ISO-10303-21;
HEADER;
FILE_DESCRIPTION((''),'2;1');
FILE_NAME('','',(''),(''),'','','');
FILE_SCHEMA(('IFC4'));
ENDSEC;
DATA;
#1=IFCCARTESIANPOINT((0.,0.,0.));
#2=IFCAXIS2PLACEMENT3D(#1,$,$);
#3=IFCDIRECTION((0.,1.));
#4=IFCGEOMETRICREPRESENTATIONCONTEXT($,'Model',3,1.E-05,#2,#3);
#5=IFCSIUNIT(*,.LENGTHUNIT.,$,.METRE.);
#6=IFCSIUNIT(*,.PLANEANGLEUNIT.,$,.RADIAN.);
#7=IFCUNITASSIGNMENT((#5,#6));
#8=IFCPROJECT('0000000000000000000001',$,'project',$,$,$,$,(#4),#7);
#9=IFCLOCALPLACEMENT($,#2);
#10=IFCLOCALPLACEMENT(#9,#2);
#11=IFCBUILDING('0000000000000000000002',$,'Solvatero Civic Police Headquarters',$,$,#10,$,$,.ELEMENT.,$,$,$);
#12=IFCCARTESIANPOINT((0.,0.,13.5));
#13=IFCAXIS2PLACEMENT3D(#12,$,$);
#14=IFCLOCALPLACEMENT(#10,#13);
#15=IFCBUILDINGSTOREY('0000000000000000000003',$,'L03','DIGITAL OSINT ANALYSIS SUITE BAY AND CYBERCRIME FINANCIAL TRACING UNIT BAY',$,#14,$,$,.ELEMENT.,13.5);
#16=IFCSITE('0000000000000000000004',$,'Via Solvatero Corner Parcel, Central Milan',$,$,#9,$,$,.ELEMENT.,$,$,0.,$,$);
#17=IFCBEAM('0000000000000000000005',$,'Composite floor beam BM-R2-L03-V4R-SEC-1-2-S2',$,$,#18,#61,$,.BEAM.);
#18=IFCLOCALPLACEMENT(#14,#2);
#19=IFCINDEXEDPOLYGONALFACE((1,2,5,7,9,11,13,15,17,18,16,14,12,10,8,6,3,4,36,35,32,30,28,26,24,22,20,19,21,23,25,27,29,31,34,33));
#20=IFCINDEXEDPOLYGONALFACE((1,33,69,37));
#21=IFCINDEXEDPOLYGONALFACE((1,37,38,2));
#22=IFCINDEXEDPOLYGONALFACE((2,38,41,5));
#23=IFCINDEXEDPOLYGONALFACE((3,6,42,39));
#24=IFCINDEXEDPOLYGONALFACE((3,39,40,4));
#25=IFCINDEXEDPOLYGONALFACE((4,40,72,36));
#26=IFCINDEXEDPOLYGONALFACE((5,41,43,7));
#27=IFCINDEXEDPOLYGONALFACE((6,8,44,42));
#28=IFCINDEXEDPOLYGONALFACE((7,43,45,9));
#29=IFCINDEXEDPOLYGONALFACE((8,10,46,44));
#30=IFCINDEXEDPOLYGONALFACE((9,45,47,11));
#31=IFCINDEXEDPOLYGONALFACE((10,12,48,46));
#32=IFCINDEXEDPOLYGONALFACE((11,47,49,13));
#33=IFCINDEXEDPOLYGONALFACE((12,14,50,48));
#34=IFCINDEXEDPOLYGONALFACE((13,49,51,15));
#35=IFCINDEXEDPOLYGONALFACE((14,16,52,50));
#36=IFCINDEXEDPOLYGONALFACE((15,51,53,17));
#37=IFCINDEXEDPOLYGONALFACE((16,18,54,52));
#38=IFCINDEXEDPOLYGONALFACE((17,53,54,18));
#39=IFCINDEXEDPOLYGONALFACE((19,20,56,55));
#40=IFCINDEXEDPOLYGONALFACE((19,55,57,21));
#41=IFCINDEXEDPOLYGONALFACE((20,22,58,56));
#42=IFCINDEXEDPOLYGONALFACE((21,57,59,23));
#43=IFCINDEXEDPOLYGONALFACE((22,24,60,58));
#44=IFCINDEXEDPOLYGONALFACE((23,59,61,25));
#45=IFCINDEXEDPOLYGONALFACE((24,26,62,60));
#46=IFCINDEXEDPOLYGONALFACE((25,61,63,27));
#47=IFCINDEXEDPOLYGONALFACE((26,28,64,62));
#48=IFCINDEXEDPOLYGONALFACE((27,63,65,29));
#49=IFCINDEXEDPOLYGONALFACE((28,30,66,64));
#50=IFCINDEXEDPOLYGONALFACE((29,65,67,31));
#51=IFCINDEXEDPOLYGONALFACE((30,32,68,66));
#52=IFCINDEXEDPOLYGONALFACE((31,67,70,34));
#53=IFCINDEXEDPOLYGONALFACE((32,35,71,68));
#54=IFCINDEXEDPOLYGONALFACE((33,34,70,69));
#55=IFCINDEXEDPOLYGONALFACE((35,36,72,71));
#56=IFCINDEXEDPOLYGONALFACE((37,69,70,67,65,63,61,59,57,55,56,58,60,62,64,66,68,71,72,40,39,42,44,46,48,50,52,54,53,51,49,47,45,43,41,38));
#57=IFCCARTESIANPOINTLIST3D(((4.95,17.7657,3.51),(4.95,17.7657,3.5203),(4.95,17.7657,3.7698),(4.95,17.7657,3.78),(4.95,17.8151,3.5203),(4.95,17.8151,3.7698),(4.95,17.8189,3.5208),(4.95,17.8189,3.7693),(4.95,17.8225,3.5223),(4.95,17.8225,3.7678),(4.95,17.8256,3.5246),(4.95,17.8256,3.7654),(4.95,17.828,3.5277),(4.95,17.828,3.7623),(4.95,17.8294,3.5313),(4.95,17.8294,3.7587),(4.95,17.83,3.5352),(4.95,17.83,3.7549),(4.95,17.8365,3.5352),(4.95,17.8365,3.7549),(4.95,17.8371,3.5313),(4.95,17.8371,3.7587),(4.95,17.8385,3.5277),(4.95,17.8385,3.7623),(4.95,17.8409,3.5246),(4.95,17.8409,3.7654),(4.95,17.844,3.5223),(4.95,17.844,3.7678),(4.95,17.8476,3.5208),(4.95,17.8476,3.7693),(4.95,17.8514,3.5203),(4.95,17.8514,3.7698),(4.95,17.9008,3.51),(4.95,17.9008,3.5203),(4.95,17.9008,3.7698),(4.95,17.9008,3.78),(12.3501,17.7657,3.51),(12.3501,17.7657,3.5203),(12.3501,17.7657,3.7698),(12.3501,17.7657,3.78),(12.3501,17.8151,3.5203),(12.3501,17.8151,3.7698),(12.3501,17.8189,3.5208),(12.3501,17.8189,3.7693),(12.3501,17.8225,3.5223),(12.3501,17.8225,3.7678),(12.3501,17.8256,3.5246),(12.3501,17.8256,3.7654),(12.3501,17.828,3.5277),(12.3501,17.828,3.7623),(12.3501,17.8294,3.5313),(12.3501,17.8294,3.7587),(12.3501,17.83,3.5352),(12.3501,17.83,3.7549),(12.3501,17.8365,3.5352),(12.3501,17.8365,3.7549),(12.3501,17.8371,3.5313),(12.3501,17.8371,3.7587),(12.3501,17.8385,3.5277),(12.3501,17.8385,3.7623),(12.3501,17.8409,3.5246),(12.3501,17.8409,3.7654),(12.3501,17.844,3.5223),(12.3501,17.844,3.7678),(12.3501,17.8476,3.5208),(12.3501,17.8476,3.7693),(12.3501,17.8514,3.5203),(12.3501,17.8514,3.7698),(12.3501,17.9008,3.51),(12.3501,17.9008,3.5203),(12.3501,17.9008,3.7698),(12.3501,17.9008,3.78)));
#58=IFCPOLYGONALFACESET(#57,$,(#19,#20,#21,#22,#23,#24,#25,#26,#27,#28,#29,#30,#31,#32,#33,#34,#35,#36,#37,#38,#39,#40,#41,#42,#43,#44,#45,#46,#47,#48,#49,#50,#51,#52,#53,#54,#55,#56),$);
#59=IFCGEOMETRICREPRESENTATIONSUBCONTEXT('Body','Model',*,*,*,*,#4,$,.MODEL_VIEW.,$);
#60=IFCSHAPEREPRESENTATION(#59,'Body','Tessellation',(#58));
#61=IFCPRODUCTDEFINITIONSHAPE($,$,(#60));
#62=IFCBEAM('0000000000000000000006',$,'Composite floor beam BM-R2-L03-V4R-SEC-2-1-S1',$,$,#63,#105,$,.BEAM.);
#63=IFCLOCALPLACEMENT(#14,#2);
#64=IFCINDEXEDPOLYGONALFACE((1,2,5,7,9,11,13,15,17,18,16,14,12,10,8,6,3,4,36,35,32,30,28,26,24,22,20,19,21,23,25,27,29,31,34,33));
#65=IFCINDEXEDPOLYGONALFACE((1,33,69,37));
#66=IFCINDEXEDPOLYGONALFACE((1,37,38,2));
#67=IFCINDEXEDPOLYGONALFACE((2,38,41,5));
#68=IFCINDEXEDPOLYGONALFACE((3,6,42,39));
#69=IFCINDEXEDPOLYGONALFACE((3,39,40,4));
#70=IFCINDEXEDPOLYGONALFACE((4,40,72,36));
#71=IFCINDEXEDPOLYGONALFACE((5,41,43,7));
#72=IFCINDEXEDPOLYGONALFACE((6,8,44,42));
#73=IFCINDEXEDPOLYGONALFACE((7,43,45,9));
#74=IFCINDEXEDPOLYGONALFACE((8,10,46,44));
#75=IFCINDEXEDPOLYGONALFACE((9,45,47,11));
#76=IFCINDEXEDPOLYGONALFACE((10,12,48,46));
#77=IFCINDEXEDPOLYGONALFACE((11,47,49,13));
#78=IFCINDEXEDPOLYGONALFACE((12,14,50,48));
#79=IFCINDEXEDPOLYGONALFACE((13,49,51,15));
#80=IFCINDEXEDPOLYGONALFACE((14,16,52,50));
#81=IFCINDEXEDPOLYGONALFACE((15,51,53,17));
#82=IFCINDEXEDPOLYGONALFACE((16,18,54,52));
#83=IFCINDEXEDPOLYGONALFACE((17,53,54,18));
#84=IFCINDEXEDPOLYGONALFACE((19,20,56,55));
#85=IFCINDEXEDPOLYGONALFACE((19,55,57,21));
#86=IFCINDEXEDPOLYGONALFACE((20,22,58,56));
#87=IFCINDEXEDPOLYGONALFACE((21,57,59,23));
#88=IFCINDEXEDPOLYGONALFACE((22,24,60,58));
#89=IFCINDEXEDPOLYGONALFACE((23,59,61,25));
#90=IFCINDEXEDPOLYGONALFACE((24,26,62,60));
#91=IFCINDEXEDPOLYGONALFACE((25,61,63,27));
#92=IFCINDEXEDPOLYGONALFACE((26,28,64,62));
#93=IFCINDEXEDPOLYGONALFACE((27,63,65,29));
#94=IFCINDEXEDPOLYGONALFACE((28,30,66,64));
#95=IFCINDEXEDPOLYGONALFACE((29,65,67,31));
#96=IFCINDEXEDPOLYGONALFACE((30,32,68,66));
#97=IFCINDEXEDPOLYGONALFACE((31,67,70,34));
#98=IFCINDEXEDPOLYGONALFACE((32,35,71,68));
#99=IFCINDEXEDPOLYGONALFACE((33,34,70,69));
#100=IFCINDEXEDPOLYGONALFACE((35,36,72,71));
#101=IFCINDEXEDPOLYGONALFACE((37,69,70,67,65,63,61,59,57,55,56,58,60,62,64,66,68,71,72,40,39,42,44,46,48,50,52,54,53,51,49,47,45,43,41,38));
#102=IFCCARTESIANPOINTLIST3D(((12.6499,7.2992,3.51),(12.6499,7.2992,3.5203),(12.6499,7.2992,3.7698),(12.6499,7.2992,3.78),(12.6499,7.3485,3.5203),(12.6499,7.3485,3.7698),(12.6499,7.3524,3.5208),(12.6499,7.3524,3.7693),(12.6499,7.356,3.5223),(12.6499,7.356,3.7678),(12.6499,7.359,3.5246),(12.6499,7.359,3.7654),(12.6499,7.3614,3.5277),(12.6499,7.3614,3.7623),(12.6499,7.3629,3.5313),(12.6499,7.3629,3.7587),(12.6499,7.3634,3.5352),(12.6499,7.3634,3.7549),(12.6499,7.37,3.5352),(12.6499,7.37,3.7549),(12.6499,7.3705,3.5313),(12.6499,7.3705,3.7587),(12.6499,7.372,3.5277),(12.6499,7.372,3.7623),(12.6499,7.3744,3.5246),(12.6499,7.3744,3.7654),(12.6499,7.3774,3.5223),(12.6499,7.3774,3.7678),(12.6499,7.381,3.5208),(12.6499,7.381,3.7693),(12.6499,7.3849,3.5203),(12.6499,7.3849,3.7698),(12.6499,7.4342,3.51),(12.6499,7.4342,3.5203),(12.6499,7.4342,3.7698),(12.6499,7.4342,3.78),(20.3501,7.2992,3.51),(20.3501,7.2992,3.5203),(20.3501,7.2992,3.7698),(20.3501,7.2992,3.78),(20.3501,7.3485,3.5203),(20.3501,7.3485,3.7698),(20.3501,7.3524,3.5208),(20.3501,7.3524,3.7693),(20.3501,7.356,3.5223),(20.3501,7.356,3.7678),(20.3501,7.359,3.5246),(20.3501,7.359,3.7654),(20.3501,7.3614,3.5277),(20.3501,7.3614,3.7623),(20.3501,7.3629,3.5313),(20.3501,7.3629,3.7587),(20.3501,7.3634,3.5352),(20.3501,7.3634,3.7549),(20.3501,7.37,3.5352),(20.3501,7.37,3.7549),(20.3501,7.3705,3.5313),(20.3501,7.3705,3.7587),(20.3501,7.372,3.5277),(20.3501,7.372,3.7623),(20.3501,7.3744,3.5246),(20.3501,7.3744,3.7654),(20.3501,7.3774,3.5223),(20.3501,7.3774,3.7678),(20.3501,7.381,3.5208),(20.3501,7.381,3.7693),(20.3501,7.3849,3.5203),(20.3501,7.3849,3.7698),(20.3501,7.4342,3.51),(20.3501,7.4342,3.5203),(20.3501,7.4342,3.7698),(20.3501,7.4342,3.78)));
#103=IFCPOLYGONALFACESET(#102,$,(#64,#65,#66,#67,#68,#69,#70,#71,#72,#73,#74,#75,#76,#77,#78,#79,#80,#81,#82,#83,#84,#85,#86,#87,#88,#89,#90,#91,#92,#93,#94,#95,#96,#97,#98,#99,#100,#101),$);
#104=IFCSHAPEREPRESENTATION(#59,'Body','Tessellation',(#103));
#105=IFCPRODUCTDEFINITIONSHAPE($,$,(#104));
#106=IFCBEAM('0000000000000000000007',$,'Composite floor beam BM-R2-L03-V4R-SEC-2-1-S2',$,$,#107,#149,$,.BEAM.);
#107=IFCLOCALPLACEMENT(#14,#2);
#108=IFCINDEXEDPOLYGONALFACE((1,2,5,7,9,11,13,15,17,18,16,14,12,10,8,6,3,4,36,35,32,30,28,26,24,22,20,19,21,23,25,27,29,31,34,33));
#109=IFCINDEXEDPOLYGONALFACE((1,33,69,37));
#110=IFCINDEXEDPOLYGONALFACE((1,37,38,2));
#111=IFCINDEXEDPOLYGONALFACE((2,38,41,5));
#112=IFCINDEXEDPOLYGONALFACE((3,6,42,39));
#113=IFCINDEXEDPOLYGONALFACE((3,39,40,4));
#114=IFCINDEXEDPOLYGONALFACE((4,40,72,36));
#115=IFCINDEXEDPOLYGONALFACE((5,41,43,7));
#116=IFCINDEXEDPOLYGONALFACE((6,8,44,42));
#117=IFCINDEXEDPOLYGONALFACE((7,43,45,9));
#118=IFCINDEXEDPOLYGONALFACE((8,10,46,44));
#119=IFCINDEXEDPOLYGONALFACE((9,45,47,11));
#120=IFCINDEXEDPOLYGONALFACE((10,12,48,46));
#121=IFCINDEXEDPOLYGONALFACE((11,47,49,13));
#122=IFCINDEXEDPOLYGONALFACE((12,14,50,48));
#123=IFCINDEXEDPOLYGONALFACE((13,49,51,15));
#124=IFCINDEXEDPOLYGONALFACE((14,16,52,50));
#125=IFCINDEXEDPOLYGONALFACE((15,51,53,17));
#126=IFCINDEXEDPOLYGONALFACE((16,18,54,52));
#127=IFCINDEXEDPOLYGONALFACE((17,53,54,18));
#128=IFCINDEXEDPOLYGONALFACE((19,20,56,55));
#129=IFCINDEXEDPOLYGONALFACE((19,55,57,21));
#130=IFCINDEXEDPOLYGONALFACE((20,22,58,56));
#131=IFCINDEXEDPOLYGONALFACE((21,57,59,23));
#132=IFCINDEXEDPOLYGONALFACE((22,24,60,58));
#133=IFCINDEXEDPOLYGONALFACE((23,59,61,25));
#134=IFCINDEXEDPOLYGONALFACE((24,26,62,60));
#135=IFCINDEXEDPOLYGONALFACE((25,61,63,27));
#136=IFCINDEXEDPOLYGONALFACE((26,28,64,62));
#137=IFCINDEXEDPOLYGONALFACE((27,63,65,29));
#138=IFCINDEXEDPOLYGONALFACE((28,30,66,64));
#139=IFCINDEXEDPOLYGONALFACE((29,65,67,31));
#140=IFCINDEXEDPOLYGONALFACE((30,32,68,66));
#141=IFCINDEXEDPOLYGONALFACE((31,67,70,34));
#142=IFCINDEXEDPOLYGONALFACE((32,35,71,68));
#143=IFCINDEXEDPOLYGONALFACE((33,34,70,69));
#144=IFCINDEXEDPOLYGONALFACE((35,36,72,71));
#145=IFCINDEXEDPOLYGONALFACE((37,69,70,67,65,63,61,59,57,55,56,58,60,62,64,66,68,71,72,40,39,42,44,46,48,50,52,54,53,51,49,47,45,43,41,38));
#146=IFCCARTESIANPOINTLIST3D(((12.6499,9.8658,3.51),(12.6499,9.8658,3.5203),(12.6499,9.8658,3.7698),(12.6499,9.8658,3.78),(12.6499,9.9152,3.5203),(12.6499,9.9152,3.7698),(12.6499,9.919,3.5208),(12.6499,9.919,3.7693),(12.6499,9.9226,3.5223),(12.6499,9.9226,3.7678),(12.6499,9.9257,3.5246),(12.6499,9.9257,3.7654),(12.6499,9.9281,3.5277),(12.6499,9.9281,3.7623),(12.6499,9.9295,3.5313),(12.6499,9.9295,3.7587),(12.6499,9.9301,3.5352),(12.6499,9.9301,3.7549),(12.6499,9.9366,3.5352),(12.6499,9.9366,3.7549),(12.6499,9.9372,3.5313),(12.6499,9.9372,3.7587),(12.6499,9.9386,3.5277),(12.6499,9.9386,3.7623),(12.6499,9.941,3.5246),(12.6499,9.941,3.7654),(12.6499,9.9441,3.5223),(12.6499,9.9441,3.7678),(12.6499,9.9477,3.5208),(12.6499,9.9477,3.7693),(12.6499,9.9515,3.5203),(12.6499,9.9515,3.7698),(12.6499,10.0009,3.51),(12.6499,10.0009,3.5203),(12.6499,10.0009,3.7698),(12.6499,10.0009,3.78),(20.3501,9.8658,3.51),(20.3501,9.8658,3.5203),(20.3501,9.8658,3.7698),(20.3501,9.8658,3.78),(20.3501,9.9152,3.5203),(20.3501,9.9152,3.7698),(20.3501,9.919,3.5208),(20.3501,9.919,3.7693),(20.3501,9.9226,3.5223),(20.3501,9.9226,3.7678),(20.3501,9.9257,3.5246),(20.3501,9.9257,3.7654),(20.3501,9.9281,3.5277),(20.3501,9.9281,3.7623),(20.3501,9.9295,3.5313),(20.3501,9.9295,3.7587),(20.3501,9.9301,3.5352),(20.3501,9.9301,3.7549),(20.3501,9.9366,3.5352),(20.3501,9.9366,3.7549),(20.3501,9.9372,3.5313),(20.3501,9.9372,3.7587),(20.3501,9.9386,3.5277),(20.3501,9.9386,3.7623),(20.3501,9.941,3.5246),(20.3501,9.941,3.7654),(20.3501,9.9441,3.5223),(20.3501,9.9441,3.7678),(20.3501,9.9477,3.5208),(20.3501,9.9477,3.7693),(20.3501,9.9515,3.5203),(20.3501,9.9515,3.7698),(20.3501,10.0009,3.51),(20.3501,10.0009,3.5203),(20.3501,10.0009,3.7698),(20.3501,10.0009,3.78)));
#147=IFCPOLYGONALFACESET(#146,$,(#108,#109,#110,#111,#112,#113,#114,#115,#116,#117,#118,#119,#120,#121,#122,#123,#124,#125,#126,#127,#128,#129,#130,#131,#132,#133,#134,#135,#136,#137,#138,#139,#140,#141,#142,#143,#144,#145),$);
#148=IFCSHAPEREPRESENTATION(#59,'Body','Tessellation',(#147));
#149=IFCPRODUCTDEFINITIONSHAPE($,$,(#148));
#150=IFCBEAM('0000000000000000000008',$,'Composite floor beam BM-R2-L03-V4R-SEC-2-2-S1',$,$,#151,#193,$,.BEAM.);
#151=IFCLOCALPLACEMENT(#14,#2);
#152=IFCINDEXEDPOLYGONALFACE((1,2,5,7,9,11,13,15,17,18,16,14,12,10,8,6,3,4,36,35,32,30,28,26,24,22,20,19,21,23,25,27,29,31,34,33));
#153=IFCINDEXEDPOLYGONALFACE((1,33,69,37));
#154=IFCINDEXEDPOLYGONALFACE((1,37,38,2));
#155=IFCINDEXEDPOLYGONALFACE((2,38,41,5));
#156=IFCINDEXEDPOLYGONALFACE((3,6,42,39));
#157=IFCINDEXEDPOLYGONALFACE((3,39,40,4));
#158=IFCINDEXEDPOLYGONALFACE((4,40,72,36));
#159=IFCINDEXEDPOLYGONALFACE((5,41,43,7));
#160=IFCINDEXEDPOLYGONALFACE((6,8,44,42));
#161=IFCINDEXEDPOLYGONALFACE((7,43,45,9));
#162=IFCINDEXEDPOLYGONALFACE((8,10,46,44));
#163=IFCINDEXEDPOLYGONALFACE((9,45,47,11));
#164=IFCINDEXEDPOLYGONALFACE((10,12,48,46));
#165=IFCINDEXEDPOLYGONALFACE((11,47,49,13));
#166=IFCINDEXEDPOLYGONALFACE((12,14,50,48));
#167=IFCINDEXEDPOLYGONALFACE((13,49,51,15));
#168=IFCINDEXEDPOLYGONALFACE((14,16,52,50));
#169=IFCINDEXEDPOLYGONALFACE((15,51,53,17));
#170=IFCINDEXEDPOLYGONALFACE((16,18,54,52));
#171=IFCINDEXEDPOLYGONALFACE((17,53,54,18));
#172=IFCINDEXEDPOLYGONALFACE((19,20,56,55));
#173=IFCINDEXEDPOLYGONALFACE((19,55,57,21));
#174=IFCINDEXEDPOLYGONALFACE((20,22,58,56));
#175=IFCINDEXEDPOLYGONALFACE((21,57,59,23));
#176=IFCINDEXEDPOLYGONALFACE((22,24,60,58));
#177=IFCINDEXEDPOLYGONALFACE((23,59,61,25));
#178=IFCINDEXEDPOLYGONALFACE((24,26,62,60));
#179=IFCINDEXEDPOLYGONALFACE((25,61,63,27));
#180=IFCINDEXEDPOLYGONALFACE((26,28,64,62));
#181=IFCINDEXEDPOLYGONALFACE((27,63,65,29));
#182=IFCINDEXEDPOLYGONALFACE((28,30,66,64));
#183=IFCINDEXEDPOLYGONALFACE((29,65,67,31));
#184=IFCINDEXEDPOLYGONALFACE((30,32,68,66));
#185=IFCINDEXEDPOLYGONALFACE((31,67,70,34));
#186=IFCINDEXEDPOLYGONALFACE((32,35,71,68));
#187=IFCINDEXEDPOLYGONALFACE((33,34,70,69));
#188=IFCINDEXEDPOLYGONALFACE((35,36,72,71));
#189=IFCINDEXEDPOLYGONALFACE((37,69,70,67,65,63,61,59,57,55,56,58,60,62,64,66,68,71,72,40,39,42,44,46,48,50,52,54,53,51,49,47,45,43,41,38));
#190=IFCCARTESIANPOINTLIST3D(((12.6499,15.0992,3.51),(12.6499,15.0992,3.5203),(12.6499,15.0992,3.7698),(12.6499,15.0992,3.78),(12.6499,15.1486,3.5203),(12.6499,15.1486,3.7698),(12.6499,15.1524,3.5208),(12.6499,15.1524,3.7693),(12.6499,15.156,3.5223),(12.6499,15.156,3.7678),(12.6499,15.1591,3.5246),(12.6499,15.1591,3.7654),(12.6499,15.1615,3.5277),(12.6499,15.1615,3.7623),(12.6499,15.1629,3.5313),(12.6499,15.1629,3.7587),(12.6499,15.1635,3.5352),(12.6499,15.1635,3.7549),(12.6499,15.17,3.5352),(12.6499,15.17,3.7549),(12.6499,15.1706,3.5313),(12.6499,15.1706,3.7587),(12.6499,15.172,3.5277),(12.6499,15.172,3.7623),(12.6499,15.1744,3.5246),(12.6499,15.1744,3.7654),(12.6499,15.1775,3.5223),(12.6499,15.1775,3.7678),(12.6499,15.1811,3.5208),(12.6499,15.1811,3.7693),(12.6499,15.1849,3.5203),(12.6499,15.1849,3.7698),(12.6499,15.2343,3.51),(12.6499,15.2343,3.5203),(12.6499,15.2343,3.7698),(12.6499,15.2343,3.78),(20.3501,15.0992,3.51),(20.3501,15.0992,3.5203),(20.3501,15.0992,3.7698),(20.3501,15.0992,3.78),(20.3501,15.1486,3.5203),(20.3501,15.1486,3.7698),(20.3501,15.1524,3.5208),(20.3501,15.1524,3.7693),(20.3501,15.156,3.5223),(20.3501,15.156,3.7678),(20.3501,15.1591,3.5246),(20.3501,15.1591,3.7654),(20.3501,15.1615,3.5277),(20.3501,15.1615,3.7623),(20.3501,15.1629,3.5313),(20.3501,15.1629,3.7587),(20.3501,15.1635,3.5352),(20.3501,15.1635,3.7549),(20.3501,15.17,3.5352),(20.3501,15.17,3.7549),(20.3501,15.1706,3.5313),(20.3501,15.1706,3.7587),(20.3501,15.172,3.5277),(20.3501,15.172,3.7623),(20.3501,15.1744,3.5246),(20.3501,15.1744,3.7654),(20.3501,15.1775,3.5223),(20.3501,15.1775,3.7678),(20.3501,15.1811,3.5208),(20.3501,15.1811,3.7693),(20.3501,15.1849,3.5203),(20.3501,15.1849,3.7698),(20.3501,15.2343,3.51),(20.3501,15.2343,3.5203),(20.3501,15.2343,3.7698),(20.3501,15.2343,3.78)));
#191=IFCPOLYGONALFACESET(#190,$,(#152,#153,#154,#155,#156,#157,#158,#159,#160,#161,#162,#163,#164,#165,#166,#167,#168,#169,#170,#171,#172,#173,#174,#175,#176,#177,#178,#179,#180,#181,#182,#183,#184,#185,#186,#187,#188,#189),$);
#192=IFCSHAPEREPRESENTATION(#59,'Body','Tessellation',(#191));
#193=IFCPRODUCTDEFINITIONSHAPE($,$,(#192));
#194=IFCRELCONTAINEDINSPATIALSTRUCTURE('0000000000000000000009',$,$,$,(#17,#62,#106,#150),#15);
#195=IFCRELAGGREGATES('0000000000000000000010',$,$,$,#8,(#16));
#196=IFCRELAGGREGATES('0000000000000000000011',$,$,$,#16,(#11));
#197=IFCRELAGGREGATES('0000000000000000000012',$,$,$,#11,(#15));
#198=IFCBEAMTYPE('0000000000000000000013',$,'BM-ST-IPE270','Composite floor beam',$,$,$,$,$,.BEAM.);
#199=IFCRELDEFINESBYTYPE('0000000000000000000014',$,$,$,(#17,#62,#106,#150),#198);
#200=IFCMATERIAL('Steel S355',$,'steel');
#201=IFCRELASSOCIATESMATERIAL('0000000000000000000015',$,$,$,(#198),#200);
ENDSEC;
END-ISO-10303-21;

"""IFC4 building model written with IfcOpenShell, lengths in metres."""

from ifc_helpers import new_model, si_unit, direction, frame, origin, origin_2d, place, context, subcontext, project, spatial, i_section, extrude, material, material_profile, profile_set, type_object, element, save


model = new_model("IFC4")

# Units and contexts
model_context = context("Model", 3, precision=1e-05, world=origin(), true_north=direction((0.0, 1.0)))
body_context = subcontext(model_context, "Body", "Model", "MODEL_VIEW")
ifc_project = project(units=[si_unit("LENGTHUNIT", "METRE"), si_unit("PLANEANGLEUNIT", "RADIAN")], contexts=[model_context])

# Site, building, storey
site_placement = place(None, origin())
site = spatial("IfcSite", under=ifc_project, at=site_placement, Name="Via Solvatero Corner Parcel, Central Milan", CompositionType="ELEMENT", RefElevation=0.0)
building_placement = place(site_placement, origin())
building = spatial("IfcBuilding", under=site, at=building_placement, Name="Solvatero Civic Police Headquarters", CompositionType="ELEMENT")
storey_placement = place(building_placement, frame((0.0, 0.0, 13.5)))
storey = spatial("IfcBuildingStorey", under=building, at=storey_placement, Name="L03", Description="DIGITAL OSINT ANALYSIS SUITE BAY AND CYBERCRIME FINANCIAL TRACING UNIT BAY", CompositionType="ELEMENT", Elevation=13.5)

# Shared definitions
ifc_material_1 = material(Name="Steel S355", Category="steel")

# Beams
ifc_material_profile_1 = material_profile(ifc_material_1, i_section(OverallWidth=0.135, OverallDepth=0.27, WebThickness=0.0066, FlangeThickness=0.0103, FilletRadius=0.0149, at=origin_2d()), Name="IPE 270")
ifc_profile_set_1 = profile_set([ifc_material_profile_1], Name="Steel S355")
beam_type_1 = type_object("IfcBeamType", Name="BM-ST-IPE270", Description="Composite floor beam", PredefinedType="BEAM", material=ifc_profile_set_1)
for number, where, z_axis, x_axis, name in (
    (1, (4.95, 17.8333, 3.645), (1.0, 0.0, 0.0), (0.0, 1.0, 0.0), "Composite floor beam BM-R2-L03-V4R-SEC-1-2-S2"),
):
    element("IfcBeam", number, at=place(storey_placement, frame(where, z_axis=z_axis, x_axis=x_axis)), inside=storey, type_object=beam_type_1, Name=name, PredefinedType="BEAM", context=body_context, shape_type="SweptSolid", body=[
        extrude(i_section(OverallWidth=0.135, OverallDepth=0.27, WebThickness=0.0066, FlangeThickness=0.0103, FilletRadius=0.0149, at=origin_2d()), origin(), (0.0, 0.0, 1.0), 7.4001),
    ])
for number, where, z_axis, x_axis, name in (
    (2, (12.6499, 7.3667, 3.645), (1.0, 0.0, 0.0), (0.0, 1.0, 0.0), "Composite floor beam BM-R2-L03-V4R-SEC-2-1-S1"),
    (3, (12.6499, 9.9333, 3.645), (1.0, 0.0, 0.0), (0.0, 1.0, 0.0), "Composite floor beam BM-R2-L03-V4R-SEC-2-1-S2"),
    (4, (12.6499, 15.1667, 3.645), (1.0, 0.0, 0.0), (0.0, 1.0, 0.0), "Composite floor beam BM-R2-L03-V4R-SEC-2-2-S1"),
):
    element("IfcBeam", number, at=place(storey_placement, frame(where, z_axis=z_axis, x_axis=x_axis)), inside=storey, type_object=beam_type_1, Name=name, PredefinedType="BEAM", context=body_context, shape_type="SweptSolid", body=[
        extrude(i_section(OverallWidth=0.135, OverallDepth=0.27, WebThickness=0.0066, FlangeThickness=0.0103, FilletRadius=0.0149, at=origin_2d()), origin(), (0.0, 0.0, 1.0), 7.7002),
    ])

save(model, "model.ifc")
